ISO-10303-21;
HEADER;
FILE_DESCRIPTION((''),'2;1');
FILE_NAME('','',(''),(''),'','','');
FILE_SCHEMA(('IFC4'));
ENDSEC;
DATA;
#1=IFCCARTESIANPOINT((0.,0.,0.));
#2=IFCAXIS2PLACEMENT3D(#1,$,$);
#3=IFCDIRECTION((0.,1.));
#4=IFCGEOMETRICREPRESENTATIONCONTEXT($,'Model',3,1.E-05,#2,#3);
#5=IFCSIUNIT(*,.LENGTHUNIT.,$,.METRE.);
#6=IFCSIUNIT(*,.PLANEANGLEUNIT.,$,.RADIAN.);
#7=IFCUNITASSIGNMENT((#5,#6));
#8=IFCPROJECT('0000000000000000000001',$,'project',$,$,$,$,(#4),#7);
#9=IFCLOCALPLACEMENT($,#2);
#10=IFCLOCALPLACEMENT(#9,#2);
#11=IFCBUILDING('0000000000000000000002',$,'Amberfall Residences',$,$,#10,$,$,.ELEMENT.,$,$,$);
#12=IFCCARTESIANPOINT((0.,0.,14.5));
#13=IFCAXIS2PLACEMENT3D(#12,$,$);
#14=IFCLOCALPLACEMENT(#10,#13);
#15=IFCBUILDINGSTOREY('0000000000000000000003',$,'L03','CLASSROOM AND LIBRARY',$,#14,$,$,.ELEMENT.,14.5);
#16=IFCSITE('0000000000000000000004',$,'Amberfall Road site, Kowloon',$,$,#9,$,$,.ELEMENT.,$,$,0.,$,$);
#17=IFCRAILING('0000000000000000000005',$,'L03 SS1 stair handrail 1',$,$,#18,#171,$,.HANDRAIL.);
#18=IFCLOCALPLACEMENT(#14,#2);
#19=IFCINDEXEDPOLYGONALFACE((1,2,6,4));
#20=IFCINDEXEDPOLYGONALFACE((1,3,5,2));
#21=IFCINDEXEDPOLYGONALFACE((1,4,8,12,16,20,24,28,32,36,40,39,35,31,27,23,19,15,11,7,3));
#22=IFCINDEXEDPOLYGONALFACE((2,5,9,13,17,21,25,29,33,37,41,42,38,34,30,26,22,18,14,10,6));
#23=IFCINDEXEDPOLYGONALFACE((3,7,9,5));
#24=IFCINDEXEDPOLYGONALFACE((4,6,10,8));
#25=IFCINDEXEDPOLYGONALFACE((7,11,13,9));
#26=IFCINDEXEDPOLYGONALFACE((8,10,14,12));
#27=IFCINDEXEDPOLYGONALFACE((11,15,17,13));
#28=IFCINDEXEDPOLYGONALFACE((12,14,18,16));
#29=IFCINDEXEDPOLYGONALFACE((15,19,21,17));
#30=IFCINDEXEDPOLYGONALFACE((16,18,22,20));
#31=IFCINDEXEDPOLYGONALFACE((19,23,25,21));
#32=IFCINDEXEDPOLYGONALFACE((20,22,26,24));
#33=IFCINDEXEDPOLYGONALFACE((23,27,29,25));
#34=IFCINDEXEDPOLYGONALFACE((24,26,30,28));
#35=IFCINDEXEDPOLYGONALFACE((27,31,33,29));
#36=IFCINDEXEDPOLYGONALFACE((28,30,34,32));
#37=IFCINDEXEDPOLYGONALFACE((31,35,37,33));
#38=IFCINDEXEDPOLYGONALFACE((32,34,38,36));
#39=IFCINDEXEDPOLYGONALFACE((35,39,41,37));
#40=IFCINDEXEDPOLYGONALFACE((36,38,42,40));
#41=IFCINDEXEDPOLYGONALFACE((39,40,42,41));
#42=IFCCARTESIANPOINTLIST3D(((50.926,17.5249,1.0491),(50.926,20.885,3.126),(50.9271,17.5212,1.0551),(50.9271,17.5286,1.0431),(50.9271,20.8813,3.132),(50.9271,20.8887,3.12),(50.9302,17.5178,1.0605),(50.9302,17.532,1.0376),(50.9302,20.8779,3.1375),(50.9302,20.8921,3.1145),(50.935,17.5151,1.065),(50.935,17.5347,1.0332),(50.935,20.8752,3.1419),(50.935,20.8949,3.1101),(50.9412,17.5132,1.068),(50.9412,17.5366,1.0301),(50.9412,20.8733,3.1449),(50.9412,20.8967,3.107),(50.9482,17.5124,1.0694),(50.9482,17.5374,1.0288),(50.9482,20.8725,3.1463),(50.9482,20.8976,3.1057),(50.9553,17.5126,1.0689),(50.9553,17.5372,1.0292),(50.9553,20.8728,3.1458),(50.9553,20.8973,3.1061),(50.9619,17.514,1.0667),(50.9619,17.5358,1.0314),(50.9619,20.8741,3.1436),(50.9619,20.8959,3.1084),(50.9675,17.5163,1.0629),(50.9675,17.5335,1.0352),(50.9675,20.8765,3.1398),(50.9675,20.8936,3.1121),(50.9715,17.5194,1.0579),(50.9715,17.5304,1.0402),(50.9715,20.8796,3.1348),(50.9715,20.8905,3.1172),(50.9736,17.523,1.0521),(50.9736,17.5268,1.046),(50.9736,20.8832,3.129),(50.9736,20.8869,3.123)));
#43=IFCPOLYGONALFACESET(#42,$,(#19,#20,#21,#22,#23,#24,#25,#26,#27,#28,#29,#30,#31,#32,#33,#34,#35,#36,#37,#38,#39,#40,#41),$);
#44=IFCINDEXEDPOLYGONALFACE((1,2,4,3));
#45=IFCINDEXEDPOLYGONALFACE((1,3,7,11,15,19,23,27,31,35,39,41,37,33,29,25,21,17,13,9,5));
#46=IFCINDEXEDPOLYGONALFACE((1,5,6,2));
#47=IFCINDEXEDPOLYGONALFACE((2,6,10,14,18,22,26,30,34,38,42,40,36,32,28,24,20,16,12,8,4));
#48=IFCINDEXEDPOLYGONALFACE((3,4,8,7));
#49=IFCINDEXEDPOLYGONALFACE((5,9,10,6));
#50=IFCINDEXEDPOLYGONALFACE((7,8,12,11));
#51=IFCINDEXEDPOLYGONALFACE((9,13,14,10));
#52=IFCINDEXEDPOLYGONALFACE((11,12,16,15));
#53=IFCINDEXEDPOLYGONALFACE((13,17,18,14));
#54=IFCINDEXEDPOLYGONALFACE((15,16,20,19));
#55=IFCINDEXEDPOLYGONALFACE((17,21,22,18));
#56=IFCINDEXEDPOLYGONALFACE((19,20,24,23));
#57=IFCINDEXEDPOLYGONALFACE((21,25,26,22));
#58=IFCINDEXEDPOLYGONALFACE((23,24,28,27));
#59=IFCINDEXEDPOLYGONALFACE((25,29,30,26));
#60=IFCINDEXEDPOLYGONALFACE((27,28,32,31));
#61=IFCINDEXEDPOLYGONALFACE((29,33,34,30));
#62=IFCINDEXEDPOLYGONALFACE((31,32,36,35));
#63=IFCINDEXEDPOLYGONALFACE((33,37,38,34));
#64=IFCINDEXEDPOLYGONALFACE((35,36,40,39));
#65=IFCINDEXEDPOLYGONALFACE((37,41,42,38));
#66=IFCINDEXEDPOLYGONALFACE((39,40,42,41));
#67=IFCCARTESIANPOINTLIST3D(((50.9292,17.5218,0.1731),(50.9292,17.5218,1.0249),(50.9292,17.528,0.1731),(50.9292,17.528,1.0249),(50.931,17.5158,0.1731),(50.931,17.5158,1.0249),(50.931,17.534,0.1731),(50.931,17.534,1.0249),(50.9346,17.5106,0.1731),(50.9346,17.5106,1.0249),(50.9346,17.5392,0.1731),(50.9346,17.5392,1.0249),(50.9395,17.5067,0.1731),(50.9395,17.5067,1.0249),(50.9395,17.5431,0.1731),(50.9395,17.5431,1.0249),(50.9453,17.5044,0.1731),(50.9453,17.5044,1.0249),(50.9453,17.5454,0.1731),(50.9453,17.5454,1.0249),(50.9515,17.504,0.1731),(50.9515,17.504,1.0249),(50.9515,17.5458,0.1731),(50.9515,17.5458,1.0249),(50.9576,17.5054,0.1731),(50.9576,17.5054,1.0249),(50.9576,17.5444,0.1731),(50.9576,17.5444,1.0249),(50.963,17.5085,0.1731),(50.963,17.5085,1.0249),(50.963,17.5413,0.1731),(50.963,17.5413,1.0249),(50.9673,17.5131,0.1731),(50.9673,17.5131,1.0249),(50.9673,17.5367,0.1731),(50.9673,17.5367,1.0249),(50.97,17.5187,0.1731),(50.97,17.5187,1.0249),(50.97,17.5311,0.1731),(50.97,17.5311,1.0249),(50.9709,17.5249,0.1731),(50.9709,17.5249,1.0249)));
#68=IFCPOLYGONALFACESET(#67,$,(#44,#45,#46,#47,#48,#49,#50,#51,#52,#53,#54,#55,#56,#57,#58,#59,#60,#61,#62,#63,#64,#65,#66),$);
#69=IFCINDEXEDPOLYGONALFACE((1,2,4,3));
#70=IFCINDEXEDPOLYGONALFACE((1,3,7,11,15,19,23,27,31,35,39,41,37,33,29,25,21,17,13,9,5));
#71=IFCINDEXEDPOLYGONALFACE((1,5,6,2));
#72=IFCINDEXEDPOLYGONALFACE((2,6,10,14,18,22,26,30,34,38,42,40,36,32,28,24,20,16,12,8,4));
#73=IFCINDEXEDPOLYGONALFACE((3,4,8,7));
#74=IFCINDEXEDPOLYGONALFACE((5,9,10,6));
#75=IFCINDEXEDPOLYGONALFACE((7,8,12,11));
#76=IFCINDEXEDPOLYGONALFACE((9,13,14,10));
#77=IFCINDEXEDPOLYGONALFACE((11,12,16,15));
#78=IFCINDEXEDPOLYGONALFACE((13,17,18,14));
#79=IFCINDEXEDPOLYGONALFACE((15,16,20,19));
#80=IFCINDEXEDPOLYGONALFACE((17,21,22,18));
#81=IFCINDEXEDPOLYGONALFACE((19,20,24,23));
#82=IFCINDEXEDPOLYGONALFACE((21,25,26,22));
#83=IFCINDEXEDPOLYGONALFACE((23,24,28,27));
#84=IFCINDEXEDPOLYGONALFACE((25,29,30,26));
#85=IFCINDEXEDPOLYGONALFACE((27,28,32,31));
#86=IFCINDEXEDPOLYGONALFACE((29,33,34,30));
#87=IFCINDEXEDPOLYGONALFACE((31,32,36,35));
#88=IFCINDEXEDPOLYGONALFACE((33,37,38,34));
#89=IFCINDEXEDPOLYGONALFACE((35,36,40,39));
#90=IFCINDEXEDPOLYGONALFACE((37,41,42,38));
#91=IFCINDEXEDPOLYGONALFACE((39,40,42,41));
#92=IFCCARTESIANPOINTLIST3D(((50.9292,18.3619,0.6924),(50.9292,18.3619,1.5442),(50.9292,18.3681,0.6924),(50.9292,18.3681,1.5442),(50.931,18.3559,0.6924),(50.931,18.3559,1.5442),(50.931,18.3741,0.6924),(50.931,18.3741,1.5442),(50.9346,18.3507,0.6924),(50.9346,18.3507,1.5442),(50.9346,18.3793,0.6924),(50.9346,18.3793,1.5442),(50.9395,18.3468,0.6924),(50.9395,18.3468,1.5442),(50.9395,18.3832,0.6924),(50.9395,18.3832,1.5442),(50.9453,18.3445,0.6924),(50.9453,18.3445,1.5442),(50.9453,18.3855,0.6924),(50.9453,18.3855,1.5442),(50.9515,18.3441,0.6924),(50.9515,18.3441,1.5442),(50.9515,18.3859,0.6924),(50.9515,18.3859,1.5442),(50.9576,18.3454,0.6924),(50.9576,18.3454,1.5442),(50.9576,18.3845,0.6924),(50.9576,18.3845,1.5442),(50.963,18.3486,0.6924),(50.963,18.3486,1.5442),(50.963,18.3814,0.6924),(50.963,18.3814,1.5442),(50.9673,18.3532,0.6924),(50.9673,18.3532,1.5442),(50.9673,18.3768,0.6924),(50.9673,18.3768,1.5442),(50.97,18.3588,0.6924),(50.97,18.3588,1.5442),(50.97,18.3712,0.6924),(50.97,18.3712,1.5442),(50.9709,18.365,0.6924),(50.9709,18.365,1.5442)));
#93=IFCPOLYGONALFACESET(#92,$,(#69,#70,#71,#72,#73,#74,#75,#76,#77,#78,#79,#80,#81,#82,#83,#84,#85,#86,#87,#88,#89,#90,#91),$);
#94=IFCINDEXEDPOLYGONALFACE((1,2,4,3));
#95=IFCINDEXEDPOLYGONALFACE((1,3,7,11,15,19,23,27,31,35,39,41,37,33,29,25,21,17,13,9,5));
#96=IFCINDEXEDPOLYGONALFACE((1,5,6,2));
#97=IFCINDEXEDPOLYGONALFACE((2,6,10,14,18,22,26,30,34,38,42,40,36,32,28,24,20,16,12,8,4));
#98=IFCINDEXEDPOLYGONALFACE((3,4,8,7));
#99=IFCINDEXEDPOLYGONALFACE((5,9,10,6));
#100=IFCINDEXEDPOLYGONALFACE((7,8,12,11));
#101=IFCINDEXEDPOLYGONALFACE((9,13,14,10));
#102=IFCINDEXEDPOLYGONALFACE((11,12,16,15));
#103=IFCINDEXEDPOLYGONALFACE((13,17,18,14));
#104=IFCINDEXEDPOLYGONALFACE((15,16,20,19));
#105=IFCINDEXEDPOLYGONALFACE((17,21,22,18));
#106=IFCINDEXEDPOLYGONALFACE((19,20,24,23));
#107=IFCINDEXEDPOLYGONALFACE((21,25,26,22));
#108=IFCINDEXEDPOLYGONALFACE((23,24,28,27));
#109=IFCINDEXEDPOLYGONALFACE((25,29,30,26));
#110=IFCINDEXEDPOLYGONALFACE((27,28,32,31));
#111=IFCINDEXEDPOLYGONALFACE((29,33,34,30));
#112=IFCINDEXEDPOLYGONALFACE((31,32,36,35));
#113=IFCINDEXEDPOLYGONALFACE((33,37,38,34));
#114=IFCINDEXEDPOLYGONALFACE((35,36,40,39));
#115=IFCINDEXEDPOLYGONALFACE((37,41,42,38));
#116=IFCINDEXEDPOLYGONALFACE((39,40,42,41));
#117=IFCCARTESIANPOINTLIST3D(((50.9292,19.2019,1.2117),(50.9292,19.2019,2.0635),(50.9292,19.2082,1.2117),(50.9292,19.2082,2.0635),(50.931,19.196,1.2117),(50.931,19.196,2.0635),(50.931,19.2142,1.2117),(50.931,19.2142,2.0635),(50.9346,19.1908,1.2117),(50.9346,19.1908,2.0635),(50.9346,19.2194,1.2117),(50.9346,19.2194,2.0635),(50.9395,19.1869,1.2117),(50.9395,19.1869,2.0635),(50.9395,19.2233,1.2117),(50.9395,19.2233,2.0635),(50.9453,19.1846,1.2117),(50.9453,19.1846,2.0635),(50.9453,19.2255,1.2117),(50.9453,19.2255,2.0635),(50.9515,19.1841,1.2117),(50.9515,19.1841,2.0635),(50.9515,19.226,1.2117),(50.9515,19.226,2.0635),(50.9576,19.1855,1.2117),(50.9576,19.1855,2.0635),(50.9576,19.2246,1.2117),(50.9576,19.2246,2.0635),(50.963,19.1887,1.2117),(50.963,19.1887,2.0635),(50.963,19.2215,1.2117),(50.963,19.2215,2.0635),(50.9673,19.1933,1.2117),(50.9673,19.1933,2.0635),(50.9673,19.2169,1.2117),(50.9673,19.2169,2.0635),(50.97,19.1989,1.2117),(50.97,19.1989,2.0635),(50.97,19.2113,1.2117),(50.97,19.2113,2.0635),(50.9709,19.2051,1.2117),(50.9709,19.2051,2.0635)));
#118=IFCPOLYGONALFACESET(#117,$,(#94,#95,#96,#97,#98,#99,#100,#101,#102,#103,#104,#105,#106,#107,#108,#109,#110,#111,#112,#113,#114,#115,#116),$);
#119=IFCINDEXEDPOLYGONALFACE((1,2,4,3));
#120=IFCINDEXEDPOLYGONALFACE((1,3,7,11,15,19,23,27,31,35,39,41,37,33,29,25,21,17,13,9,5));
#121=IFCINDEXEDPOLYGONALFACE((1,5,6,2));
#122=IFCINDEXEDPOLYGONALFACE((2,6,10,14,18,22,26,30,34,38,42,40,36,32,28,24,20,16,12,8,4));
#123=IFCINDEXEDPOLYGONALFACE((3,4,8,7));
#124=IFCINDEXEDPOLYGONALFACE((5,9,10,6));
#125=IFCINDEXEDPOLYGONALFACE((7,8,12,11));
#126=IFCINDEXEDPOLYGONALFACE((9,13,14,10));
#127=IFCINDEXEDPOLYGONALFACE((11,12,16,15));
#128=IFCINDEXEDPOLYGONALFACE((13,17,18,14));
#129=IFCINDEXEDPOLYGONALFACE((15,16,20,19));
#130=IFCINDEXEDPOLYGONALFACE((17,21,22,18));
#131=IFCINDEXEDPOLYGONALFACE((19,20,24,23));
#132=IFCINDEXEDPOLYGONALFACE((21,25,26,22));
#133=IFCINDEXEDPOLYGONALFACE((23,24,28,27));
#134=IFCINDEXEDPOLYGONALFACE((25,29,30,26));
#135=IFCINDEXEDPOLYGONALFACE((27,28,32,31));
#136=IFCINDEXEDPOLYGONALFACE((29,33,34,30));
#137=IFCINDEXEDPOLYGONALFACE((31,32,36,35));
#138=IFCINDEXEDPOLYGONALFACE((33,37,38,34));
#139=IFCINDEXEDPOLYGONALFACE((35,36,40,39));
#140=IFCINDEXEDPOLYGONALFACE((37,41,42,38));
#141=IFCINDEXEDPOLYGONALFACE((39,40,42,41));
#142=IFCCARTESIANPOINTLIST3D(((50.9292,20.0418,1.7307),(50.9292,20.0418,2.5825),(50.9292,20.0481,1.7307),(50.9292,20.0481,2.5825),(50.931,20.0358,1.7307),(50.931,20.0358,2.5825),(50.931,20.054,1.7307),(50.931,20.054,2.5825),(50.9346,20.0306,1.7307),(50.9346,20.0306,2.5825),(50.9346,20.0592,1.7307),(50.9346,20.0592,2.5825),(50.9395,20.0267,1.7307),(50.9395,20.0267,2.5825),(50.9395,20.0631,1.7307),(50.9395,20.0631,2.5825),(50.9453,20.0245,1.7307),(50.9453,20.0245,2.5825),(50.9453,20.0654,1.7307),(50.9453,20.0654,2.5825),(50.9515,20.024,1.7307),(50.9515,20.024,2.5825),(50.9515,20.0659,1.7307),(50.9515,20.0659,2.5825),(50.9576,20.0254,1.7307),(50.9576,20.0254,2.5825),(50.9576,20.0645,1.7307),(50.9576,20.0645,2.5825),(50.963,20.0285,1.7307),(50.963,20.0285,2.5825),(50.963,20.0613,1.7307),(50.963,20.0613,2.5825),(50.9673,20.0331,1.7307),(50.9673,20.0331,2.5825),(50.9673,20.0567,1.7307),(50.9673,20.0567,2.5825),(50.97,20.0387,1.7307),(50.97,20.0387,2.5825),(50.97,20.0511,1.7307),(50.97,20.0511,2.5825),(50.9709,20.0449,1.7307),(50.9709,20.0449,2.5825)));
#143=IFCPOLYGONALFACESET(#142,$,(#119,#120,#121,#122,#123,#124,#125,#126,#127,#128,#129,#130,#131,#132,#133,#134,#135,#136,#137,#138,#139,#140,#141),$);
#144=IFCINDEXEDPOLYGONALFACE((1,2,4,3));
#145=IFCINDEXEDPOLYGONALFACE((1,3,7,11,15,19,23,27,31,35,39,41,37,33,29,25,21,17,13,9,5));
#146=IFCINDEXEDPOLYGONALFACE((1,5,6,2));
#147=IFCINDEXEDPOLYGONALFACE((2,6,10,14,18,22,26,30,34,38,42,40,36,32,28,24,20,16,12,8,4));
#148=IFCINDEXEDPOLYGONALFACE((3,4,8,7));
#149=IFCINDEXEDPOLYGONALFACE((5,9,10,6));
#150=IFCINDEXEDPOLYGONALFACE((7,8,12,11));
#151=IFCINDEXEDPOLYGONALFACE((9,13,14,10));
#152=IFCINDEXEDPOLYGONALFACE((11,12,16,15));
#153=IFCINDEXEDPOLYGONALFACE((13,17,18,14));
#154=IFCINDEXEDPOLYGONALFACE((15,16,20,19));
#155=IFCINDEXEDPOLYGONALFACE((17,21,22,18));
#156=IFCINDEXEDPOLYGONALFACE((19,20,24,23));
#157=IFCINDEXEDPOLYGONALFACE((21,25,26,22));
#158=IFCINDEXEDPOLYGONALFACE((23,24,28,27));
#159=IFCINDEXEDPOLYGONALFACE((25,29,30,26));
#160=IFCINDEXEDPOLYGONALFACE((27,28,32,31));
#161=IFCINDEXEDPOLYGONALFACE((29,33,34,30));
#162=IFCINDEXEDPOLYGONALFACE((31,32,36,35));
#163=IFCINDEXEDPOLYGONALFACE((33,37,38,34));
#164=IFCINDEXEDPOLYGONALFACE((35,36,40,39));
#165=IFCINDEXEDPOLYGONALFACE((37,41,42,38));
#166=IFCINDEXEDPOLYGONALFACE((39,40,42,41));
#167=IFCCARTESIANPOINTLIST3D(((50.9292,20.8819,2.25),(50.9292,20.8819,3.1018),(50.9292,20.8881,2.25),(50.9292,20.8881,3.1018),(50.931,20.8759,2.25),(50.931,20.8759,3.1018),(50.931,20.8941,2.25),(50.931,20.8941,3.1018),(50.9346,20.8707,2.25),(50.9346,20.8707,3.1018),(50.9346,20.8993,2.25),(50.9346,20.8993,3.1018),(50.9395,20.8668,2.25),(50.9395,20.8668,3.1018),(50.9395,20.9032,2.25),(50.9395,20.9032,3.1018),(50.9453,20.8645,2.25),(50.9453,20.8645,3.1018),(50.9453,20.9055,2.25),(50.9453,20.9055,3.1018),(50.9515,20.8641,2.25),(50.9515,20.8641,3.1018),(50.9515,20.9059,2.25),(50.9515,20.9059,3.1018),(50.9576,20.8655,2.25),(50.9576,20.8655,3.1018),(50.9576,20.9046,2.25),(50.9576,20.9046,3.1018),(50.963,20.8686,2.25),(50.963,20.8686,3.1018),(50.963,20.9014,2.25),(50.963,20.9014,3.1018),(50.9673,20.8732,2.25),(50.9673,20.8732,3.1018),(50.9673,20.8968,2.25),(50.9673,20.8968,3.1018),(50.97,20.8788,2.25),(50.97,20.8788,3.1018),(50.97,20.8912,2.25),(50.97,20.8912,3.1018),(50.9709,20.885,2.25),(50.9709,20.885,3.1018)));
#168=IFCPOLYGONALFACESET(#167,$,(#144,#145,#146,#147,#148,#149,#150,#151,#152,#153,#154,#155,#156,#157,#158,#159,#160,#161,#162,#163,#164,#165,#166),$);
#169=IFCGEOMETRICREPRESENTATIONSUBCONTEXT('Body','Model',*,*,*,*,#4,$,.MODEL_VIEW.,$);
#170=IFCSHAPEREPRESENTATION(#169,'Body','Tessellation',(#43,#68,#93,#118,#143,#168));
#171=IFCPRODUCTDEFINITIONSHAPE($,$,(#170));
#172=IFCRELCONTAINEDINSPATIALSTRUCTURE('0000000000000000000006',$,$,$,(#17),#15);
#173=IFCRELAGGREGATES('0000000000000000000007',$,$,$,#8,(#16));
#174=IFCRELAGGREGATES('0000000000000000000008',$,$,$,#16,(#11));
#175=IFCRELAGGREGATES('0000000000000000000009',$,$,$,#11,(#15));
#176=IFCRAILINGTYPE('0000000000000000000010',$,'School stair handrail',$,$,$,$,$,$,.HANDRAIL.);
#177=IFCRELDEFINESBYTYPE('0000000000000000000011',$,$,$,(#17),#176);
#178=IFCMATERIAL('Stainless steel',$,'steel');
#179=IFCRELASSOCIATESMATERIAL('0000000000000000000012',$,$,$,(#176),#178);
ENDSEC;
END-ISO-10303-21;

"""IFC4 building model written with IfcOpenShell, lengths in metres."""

from ifc_helpers import new_model, si_unit, direction, frame, origin, origin_2d, place, context, subcontext, project, spatial, circle, extrude, material, type_object, element, save


model = new_model("IFC4")

# Units and contexts
model_context = context("Model", 3, precision=1e-05, world=origin(), true_north=direction((0.0, 1.0)))
body_context = subcontext(model_context, "Body", "Model", "MODEL_VIEW")
ifc_project = project(units=[si_unit("LENGTHUNIT", "METRE"), si_unit("PLANEANGLEUNIT", "RADIAN")], contexts=[model_context])

# Site, building, storey
site_placement = place(None, origin())
site = spatial("IfcSite", under=ifc_project, at=site_placement, Name="Amberfall Road site, Kowloon", CompositionType="ELEMENT", RefElevation=0.0)
building_placement = place(site_placement, origin())
building = spatial("IfcBuilding", under=site, at=building_placement, Name="Amberfall Residences", CompositionType="ELEMENT")
storey_placement = place(building_placement, frame((0.0, 0.0, 14.5)))
storey = spatial("IfcBuildingStorey", under=building, at=storey_placement, Name="L03", Description="CLASSROOM AND LIBRARY", CompositionType="ELEMENT", Elevation=14.5)

# Railing
ifc_material_1 = material(Name="Stainless steel", Category="steel")
railing_type_1 = type_object("IfcRailingType", Name="School stair handrail", PredefinedType="HANDRAIL", material=ifc_material_1)
railing_1_placement = place(storey_placement, frame((50.95, 17.5249, 0.1731)))
element("IfcRailing", 1, at=railing_1_placement, inside=storey, type_object=railing_type_1, Name="L03 SS1 stair handrail 1", PredefinedType="HANDRAIL", context=body_context, shape_type="SweptSolid", body=[
    extrude(circle(Radius=0.0239, at=origin_2d()), frame((0.0, 0.0, 0.876), z_axis=(0.0, 0.850623, 0.525776), x_axis=(-1.0, 0.0, 0.0)), (0.0, 0.0, 1.0), 3.9502),
    extrude(circle(Radius=0.021, at=origin_2d()), origin(), (0.0, 0.0, 1.0), 0.8518),
    extrude(circle(Radius=0.021, at=origin_2d()), frame((0.0, 0.8401, 0.5193)), (0.0, 0.0, 1.0), 0.8518),
    extrude(circle(Radius=0.021, at=origin_2d()), frame((0.0, 1.6802, 1.0386)), (0.0, 0.0, 1.0), 0.8518),
    extrude(circle(Radius=0.021, at=origin_2d()), frame((0.0, 2.52, 1.5576)), (0.0, 0.0, 1.0), 0.8518),
    extrude(circle(Radius=0.021, at=origin_2d()), frame((0.0, 3.3601, 2.0769)), (0.0, 0.0, 1.0), 0.8518),
])

save(model, "model.ifc")
